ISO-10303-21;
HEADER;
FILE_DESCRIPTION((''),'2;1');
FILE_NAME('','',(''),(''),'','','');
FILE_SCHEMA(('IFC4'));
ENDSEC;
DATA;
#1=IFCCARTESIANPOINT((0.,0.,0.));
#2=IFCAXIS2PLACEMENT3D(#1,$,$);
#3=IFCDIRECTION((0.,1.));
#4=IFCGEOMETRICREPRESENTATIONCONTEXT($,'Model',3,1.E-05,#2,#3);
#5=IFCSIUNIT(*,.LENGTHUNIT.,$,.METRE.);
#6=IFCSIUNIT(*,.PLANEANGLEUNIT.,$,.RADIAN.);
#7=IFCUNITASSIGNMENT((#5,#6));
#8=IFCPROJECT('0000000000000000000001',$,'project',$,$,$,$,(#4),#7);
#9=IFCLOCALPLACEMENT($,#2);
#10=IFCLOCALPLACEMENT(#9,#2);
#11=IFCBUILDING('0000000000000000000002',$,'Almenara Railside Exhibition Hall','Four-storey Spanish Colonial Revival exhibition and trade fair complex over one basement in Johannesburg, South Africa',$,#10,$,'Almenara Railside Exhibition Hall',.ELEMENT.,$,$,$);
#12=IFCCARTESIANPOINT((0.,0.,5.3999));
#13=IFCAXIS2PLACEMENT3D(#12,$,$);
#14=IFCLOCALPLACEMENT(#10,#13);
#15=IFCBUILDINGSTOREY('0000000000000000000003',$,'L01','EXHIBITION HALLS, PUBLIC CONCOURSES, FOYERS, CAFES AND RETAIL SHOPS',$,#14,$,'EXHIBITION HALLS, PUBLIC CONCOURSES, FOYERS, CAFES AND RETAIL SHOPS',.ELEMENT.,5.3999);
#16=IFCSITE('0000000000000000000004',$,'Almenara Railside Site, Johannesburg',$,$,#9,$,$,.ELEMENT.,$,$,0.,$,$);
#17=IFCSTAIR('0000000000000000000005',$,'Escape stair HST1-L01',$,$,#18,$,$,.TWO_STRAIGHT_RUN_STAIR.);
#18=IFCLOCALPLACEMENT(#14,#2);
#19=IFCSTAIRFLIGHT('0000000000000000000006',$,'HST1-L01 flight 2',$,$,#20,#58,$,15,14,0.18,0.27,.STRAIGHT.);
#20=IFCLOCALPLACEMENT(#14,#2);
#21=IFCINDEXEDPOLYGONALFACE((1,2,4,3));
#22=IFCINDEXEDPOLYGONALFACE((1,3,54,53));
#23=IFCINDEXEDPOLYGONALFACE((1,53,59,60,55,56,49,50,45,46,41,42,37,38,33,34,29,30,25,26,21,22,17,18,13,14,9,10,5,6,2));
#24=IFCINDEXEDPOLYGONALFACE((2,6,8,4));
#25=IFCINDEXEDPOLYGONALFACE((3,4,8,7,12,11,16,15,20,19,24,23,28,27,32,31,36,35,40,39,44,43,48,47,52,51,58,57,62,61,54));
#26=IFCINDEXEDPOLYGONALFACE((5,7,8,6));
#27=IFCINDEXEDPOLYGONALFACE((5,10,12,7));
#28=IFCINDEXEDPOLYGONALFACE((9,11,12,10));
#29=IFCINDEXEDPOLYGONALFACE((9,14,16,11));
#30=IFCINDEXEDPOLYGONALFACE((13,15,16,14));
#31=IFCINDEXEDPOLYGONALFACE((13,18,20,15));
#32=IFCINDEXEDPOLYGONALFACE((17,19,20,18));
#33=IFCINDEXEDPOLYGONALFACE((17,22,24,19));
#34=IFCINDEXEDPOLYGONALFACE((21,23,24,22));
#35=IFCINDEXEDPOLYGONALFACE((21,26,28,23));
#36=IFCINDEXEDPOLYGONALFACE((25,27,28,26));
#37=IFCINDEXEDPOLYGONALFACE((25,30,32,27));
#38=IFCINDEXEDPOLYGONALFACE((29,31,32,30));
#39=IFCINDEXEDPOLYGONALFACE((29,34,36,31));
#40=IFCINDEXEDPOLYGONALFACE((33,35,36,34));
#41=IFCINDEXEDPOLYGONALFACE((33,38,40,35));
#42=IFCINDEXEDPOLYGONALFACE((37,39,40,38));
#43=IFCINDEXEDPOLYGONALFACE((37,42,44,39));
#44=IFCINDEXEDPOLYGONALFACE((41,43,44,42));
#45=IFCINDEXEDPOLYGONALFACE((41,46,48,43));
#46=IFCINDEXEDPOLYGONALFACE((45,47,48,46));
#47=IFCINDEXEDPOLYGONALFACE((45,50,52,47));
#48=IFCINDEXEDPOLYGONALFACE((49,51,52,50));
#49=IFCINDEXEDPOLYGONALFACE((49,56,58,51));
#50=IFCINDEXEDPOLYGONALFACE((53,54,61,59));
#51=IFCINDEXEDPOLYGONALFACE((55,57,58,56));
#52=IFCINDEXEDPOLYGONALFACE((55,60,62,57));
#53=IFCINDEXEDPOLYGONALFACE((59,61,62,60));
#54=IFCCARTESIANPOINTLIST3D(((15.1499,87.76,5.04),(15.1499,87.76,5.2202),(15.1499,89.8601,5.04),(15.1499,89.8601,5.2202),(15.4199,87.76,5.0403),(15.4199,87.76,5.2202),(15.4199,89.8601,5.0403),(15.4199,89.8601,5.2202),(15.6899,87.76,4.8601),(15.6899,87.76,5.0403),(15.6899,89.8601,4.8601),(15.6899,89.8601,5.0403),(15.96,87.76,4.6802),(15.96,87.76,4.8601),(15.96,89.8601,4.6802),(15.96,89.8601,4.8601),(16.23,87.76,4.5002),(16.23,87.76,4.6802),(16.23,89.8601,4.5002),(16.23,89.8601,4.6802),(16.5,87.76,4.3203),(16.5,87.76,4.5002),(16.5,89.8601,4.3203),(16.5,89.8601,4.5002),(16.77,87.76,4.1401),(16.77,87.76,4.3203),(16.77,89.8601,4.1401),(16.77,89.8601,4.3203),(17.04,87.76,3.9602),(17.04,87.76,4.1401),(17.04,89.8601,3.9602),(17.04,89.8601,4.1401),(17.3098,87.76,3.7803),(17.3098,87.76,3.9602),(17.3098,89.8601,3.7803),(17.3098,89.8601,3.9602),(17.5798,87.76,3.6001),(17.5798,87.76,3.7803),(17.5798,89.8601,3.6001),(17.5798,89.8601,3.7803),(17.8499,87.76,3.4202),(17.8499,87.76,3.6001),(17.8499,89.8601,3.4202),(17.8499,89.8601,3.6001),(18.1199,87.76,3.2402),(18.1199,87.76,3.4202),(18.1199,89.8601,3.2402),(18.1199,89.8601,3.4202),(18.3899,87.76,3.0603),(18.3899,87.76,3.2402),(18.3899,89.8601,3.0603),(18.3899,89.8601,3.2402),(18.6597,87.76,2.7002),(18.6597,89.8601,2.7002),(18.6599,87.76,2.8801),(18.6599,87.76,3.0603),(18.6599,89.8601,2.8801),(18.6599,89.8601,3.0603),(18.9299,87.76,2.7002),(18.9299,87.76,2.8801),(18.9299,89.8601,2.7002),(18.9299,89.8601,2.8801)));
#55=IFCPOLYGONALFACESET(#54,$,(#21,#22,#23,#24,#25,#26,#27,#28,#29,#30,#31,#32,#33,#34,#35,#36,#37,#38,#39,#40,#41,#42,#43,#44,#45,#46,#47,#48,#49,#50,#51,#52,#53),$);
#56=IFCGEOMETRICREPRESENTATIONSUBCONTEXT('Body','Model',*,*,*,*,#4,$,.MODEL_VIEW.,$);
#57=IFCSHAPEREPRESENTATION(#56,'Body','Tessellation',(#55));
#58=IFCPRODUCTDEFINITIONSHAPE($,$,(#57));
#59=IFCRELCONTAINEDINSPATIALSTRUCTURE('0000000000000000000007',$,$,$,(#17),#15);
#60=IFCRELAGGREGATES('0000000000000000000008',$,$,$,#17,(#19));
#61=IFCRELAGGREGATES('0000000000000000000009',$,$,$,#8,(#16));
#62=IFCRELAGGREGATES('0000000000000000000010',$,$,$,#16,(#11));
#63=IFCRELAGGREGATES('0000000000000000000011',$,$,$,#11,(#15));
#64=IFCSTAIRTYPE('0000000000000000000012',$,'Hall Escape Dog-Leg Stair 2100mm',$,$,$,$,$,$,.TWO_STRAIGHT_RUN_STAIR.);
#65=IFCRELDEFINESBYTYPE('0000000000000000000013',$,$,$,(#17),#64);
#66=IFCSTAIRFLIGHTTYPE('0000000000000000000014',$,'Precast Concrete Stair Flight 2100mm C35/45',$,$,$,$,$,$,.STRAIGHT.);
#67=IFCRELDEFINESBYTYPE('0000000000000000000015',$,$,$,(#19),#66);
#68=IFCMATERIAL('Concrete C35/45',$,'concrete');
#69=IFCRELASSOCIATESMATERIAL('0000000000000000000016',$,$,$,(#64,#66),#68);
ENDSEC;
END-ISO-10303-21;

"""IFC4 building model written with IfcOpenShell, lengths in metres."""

from ifc_helpers import new_model, si_unit, direction, frame, origin, place, context, subcontext, project, spatial, polyline, outline, extrude, material, type_object, element, aggregate, save


model = new_model("IFC4")

# Units and contexts
model_context = context("Model", 3, precision=1e-05, world=origin(), true_north=direction((0.0, 1.0)))
body_context = subcontext(model_context, "Body", "Model", "MODEL_VIEW")
ifc_project = project(units=[si_unit("LENGTHUNIT", "METRE"), si_unit("PLANEANGLEUNIT", "RADIAN")], contexts=[model_context])

# Site, building, storey
site_placement = place(None, origin())
site = spatial("IfcSite", under=ifc_project, at=site_placement, Name="Almenara Railside Site, Johannesburg", CompositionType="ELEMENT", RefElevation=0.0)
building_placement = place(site_placement, origin())
building = spatial("IfcBuilding", under=site, at=building_placement, Name="Almenara Railside Exhibition Hall", Description="Four-storey Spanish Colonial Revival exhibition and trade fair complex over one basement in Johannesburg, South Africa", LongName="Almenara Railside Exhibition Hall", CompositionType="ELEMENT")
storey_placement = place(building_placement, frame((0.0, 0.0, 5.3999)))
storey = spatial("IfcBuildingStorey", under=building, at=storey_placement, Name="L01", Description="EXHIBITION HALLS, PUBLIC CONCOURSES, FOYERS, CAFES AND RETAIL SHOPS", LongName="EXHIBITION HALLS, PUBLIC CONCOURSES, FOYERS, CAFES AND RETAIL SHOPS", CompositionType="ELEMENT", Elevation=5.3999)

# Shared definitions
ifc_material_1 = material(Name="Concrete C35/45", Category="concrete")

# Stair, stair flight
stair_type = type_object("IfcStairType", Name="Hall Escape Dog-Leg Stair 2100mm", PredefinedType="TWO_STRAIGHT_RUN_STAIR", material=ifc_material_1)
stair_placement = place(storey_placement, origin())
stair = element("IfcStair", 1, at=stair_placement, inside=storey, type_object=stair_type, Name="Escape stair HST1-L01", PredefinedType="TWO_STRAIGHT_RUN_STAIR")
stair_flight_type = type_object("IfcStairFlightType", Name="Precast Concrete Stair Flight 2100mm C35/45", PredefinedType="STRAIGHT", material=ifc_material_1)
stair_flight_1_placement = place(storey_placement, frame((18.9299, 88.8101, 2.7002), z_axis=(0.0, 0.0, 1.0), x_axis=(-1.0, 0.0, 0.0)))
stair_flight_1 = element("IfcStairFlight", 2, at=stair_flight_1_placement, type_object=stair_flight_type, Name="HST1-L01 flight 2", NumberOfRisers=15, NumberOfTreads=14, PredefinedType="STRAIGHT", RiserHeight=0.18, TreadLength=0.27, context=body_context, shape_type="SweptSolid", body=[
    extrude(outline(polyline([(0.0, 0.0), (0.0, 0.1799), (0.27, 0.1799), (0.27, 0.3601), (0.54, 0.3601), (0.54, 0.54), (0.8101, 0.54), (0.8101, 0.72), (1.0801, 0.72), (1.0801, 0.8999), (1.3501, 0.8999), (1.3501, 1.0801), (1.6201, 1.0801), (1.6201, 1.26), (1.8899, 1.26), (1.8899, 1.4399), (2.1599, 1.4399), (2.1599, 1.6201), (2.4299, 1.6201), (2.4299, 1.8), (2.7, 1.8), (2.7, 1.98), (2.97, 1.98), (2.97, 2.1599), (3.24, 2.1599), (3.24, 2.3401), (3.51, 2.3401), (3.51, 2.52), (3.78, 2.52), (3.78, 2.7), (3.78, 2.3398), (0.2703, 0.0), (0.0, 0.0)])), frame((0.0, 1.05, 0.0), z_axis=(0.0, -1.0, 0.0), x_axis=(1.0, 0.0, 0.0)), (0.0, 0.0, 1.0), 2.1001),
])
aggregate(stair, [stair_flight_1])

save(model, "model.ifc")
